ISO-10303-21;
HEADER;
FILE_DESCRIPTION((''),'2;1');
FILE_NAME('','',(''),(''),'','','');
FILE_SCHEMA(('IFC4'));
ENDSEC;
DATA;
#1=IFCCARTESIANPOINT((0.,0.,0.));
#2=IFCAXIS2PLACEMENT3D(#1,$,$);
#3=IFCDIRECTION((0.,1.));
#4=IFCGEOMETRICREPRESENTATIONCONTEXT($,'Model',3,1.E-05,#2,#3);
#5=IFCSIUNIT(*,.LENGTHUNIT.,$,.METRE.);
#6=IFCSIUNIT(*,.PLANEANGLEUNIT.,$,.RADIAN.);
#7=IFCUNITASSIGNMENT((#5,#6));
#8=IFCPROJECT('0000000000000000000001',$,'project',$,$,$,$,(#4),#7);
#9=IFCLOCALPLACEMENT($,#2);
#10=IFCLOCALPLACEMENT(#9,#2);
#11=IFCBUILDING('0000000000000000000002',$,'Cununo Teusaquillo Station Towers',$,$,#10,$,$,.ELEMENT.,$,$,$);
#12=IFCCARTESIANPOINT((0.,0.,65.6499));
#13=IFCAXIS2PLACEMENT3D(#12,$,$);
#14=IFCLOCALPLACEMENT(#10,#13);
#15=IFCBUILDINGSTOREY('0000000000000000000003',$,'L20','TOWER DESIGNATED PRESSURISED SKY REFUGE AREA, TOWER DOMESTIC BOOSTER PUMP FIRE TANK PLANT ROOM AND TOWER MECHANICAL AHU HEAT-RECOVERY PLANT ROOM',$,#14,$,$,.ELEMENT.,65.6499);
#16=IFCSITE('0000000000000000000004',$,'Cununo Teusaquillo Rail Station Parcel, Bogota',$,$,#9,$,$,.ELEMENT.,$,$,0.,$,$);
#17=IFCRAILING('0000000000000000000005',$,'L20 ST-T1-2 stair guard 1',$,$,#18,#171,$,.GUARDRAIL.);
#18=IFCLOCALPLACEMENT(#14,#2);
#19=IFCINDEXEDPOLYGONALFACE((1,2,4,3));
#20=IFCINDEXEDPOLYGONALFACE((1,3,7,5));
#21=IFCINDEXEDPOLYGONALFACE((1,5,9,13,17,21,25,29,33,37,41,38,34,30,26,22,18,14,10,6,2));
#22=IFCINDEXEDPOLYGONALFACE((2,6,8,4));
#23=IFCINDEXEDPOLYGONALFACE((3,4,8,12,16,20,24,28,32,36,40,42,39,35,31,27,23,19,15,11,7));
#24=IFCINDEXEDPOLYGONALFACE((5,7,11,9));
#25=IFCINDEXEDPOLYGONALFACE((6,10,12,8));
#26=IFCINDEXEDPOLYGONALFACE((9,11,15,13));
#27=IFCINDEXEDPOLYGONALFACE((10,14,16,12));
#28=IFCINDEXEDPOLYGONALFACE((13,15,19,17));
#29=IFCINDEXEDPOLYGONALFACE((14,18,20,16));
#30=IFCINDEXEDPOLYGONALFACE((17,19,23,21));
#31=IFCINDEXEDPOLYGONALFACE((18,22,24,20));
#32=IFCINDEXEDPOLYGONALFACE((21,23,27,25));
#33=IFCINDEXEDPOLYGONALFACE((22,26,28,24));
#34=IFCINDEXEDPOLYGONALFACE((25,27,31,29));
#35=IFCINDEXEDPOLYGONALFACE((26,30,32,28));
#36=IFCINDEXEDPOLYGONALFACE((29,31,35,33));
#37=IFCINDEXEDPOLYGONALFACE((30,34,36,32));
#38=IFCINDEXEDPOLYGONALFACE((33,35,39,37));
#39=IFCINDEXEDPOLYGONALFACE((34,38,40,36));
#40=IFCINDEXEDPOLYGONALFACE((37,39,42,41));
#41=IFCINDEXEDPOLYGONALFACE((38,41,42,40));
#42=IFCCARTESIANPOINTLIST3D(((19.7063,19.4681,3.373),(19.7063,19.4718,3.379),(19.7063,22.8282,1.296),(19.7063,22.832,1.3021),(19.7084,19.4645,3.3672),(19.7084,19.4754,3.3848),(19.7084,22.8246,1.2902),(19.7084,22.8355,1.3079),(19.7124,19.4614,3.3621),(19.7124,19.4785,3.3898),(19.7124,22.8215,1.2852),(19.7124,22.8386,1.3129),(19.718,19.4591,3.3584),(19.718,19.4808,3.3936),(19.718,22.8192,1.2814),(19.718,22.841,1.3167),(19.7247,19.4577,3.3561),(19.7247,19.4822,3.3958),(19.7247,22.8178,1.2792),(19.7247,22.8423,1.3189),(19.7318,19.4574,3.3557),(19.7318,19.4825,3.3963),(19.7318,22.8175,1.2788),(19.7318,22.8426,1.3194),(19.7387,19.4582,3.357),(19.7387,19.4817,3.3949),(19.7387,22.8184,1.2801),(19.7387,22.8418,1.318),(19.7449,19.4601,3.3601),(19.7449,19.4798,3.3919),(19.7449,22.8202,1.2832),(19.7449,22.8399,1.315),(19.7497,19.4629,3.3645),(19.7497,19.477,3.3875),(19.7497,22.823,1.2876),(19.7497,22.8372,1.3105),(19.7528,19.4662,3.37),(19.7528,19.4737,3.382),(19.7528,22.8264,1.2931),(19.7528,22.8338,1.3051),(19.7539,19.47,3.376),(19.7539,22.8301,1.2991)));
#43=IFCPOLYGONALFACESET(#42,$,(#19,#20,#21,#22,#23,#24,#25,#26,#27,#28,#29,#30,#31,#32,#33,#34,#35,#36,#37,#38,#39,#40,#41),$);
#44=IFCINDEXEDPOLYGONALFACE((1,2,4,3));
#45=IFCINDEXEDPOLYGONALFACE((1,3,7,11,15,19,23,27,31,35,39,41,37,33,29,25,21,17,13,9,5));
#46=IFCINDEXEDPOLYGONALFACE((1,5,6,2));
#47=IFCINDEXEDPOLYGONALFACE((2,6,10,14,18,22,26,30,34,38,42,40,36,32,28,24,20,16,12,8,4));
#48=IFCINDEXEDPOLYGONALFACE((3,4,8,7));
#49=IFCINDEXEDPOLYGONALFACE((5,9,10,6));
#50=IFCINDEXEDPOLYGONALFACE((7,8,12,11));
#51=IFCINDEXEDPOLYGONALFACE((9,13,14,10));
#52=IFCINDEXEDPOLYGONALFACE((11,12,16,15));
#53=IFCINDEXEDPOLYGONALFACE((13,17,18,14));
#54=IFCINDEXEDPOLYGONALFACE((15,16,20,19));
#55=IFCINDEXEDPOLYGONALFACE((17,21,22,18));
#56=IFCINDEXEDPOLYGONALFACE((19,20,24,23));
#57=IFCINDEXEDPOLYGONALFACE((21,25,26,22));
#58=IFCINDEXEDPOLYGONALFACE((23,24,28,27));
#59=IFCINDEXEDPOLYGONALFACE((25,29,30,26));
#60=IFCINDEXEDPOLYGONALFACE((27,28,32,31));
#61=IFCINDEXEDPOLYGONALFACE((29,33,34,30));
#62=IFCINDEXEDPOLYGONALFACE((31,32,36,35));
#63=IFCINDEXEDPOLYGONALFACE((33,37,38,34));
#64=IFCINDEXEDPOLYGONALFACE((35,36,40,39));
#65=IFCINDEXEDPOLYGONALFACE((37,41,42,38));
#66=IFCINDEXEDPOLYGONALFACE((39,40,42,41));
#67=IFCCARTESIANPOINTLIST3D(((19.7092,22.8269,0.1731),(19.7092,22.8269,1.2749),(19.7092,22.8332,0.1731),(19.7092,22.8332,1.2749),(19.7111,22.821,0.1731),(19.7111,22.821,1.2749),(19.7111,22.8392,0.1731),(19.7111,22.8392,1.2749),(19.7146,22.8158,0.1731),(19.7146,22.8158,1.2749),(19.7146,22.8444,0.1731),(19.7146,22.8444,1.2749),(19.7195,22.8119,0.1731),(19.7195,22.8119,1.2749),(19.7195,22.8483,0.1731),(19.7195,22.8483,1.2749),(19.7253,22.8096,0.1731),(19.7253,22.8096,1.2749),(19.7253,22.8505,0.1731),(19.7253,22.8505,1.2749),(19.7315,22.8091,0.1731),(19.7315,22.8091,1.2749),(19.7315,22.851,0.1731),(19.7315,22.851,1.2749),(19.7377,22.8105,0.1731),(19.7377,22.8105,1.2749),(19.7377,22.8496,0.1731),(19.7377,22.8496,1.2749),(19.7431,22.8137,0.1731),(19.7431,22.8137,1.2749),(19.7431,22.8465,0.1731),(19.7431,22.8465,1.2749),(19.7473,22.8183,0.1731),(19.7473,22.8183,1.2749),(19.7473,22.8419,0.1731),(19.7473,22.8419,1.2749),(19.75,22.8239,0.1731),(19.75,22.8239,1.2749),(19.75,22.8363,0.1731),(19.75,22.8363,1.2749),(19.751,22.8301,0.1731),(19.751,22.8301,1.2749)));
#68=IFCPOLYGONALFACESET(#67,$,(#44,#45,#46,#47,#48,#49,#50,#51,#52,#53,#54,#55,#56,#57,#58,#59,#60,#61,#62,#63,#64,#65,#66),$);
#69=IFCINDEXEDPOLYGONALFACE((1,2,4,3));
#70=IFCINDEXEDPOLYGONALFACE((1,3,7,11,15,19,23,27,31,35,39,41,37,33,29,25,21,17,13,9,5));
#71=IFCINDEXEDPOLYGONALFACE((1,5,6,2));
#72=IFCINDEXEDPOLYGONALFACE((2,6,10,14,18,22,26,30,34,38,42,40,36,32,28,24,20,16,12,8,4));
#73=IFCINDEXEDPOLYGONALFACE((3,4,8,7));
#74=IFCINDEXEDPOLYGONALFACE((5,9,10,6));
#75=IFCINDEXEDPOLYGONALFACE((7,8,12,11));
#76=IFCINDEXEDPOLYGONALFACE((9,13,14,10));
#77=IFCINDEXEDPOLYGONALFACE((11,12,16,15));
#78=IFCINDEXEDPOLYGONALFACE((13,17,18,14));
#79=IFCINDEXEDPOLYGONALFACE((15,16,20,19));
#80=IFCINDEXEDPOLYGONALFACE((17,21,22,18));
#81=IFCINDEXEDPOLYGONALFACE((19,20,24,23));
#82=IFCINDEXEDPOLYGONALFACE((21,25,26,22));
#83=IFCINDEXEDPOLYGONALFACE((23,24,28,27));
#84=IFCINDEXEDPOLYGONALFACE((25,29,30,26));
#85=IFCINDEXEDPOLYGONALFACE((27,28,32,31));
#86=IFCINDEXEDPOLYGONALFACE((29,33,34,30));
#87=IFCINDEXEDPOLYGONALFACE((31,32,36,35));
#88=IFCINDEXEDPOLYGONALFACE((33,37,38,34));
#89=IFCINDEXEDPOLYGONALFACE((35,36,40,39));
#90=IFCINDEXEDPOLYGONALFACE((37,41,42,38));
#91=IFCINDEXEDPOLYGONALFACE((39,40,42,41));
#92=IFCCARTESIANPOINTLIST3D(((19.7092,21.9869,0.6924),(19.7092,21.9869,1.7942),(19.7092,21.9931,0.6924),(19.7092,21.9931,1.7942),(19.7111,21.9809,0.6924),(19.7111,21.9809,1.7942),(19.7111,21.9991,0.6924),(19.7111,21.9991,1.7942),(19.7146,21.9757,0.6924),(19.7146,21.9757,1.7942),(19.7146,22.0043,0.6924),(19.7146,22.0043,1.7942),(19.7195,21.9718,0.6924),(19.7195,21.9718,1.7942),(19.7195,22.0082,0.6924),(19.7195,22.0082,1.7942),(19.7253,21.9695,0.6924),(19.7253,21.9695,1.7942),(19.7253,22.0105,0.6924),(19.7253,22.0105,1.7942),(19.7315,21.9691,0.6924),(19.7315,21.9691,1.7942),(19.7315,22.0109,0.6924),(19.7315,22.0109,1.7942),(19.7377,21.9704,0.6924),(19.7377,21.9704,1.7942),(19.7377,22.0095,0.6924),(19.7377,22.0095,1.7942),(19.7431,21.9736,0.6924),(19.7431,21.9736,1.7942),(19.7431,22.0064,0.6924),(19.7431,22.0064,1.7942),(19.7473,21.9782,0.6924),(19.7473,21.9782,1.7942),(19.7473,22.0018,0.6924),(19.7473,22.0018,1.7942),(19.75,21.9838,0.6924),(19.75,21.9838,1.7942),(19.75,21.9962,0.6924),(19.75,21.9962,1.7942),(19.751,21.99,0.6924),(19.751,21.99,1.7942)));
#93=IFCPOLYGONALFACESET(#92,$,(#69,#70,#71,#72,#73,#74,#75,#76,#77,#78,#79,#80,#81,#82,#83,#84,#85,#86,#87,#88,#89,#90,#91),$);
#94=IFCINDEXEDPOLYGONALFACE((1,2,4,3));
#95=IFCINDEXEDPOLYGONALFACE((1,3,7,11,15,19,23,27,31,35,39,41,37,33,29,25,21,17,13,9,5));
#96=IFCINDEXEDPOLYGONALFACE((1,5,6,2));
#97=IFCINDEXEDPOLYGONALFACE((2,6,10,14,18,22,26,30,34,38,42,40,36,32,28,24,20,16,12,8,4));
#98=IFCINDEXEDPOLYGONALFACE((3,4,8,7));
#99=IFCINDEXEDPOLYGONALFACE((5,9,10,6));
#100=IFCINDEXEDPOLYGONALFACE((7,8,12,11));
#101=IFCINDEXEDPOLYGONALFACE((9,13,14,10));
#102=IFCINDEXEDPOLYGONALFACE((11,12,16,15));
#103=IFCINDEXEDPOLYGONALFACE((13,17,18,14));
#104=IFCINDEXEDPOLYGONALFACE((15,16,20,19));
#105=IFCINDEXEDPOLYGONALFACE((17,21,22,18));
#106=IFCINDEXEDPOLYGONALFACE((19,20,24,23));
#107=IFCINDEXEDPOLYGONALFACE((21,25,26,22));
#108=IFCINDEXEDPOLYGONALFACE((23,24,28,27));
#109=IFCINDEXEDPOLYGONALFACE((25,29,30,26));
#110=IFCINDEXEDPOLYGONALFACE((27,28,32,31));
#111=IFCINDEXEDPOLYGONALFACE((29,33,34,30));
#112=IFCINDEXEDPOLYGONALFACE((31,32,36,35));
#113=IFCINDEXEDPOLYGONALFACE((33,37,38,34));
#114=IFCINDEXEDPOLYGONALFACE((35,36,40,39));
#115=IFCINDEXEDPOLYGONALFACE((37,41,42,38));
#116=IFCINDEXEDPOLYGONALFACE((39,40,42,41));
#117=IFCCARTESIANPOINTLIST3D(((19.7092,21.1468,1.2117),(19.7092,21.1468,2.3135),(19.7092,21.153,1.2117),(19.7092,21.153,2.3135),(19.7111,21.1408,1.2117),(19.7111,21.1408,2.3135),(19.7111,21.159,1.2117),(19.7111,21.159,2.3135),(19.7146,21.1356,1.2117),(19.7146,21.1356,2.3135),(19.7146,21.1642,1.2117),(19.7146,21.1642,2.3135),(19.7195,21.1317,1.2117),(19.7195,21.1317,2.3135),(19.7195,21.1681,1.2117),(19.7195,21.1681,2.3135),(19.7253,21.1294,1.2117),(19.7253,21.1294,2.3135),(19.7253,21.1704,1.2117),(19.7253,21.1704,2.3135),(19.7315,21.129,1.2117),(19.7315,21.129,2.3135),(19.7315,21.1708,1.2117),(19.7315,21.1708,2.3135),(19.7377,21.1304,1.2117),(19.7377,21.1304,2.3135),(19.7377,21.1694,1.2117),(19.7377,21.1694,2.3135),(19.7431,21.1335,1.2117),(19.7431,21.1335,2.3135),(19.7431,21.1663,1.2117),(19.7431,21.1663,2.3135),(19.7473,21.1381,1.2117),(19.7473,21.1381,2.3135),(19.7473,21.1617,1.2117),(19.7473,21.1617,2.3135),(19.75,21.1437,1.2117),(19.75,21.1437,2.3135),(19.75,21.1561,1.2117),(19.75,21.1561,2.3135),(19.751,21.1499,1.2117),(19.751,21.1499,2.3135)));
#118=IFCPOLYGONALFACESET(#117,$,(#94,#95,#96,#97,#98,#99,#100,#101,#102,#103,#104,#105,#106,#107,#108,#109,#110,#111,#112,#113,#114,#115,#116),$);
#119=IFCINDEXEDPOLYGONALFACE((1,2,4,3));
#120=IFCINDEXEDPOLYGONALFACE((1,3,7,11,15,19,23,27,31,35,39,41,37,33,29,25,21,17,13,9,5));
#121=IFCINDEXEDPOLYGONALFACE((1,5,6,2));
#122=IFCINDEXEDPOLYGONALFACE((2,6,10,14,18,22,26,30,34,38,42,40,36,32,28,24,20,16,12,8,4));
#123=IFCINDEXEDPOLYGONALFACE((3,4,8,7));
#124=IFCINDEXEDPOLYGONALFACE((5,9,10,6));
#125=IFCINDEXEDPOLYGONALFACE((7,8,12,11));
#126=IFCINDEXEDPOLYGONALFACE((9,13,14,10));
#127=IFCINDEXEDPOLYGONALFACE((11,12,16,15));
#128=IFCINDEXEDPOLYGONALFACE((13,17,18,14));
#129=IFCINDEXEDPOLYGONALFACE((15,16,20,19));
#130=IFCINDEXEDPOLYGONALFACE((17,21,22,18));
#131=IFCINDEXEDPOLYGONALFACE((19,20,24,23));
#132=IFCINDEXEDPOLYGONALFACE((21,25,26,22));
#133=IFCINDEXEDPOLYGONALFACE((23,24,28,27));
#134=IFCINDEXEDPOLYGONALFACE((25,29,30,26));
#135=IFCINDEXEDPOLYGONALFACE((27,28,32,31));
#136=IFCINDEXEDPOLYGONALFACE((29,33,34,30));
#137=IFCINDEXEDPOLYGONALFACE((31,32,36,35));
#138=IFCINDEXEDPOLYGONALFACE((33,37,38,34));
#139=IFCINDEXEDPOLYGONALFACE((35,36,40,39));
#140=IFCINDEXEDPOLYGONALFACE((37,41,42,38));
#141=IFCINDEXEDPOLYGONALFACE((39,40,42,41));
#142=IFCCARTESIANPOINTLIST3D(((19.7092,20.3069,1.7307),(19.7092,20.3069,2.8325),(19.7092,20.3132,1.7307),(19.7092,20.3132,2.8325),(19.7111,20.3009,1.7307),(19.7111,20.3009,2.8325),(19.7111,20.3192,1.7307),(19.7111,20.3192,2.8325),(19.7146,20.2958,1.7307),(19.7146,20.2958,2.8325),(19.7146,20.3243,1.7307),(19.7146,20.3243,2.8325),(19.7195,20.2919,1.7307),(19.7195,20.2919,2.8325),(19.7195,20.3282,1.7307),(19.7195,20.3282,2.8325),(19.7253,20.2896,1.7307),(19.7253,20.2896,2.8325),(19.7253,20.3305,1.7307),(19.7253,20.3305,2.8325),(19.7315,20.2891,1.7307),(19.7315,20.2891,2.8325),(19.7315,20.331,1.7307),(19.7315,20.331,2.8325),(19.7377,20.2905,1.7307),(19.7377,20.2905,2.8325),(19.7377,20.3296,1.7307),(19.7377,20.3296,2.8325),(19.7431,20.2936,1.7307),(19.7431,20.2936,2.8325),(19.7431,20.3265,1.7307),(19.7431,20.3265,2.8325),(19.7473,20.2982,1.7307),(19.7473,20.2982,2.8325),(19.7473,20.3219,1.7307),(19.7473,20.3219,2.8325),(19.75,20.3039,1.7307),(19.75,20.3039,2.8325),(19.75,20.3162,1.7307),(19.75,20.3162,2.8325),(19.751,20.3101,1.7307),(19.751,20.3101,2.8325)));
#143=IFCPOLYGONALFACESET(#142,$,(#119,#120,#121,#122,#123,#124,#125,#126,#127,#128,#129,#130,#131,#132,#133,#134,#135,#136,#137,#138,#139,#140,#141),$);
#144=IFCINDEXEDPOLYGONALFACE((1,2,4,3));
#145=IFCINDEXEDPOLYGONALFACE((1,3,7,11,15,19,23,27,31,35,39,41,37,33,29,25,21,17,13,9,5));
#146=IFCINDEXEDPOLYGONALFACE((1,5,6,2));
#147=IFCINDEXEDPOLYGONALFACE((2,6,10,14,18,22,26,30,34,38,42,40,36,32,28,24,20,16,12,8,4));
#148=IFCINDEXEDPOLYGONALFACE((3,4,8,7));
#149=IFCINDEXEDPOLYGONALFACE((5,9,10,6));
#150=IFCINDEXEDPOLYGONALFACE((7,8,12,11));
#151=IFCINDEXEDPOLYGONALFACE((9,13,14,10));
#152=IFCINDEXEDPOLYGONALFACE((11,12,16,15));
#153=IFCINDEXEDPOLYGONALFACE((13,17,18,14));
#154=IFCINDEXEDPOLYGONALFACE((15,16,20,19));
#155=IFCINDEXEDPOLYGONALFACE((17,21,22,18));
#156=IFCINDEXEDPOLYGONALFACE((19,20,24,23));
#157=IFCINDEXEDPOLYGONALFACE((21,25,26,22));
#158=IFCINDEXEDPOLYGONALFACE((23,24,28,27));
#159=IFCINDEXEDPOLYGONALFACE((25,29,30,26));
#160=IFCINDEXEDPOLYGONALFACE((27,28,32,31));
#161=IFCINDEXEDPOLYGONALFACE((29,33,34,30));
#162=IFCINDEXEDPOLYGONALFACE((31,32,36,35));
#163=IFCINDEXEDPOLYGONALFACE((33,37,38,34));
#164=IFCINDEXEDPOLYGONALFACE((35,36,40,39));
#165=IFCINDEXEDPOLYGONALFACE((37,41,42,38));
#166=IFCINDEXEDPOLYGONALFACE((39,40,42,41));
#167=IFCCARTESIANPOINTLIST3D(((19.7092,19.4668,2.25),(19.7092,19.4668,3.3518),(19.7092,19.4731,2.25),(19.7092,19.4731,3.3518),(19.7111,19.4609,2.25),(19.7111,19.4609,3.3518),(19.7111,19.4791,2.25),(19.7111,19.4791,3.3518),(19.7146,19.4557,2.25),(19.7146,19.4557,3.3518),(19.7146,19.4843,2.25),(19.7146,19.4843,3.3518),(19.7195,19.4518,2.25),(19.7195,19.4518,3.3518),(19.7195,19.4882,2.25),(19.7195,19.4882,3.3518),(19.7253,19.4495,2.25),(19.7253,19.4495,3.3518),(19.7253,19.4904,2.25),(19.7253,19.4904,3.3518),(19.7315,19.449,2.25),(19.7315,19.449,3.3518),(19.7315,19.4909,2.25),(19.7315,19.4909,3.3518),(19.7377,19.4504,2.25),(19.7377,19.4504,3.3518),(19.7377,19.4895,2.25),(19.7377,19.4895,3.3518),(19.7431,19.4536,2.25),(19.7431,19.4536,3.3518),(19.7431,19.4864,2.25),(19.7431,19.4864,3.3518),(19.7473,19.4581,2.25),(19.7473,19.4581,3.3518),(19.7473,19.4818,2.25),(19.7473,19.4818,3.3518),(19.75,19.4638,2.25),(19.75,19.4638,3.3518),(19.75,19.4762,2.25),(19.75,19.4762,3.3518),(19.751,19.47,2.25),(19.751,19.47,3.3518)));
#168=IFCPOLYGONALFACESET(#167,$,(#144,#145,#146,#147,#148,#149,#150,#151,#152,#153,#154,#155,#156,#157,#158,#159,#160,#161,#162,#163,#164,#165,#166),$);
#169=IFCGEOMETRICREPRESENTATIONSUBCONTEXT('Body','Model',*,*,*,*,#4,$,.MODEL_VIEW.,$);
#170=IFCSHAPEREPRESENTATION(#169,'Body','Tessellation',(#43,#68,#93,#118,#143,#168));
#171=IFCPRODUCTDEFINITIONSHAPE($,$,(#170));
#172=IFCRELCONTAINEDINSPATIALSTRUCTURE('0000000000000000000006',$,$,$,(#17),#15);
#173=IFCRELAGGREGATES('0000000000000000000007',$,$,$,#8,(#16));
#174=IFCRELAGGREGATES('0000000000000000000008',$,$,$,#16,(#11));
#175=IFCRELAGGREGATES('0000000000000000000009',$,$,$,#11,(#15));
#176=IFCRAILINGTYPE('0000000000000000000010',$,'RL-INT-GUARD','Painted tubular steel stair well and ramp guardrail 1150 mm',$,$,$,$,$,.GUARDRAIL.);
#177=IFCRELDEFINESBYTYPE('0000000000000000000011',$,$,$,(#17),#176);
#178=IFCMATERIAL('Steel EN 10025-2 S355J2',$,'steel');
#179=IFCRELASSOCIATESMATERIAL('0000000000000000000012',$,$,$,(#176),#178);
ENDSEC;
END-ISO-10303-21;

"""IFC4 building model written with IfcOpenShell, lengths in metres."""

from ifc_helpers import new_model, si_unit, direction, frame, origin, origin_2d, place, context, subcontext, project, spatial, circle, extrude, material, type_object, element, save


model = new_model("IFC4")

# Units and contexts
model_context = context("Model", 3, precision=1e-05, world=origin(), true_north=direction((0.0, 1.0)))
body_context = subcontext(model_context, "Body", "Model", "MODEL_VIEW")
ifc_project = project(units=[si_unit("LENGTHUNIT", "METRE"), si_unit("PLANEANGLEUNIT", "RADIAN")], contexts=[model_context])

# Site, building, storey
site_placement = place(None, origin())
site = spatial("IfcSite", under=ifc_project, at=site_placement, Name="Cununo Teusaquillo Rail Station Parcel, Bogota", CompositionType="ELEMENT", RefElevation=0.0)
building_placement = place(site_placement, origin())
building = spatial("IfcBuilding", under=site, at=building_placement, Name="Cununo Teusaquillo Station Towers", CompositionType="ELEMENT")
storey_placement = place(building_placement, frame((0.0, 0.0, 65.6499)))
storey = spatial("IfcBuildingStorey", under=building, at=storey_placement, Name="L20", Description="TOWER DESIGNATED PRESSURISED SKY REFUGE AREA, TOWER DOMESTIC BOOSTER PUMP FIRE TANK PLANT ROOM AND TOWER MECHANICAL AHU HEAT-RECOVERY PLANT ROOM", CompositionType="ELEMENT", Elevation=65.6499)

# Railing
ifc_material_1 = material(Name="Steel EN 10025-2 S355J2", Category="steel")
railing_type_1 = type_object("IfcRailingType", Name="RL-INT-GUARD", Description="Painted tubular steel stair well and ramp guardrail 1150 mm", PredefinedType="GUARDRAIL", material=ifc_material_1)
railing_1_placement = place(storey_placement, frame((19.73, 22.8301, 0.1731)))
element("IfcRailing", 1, at=railing_1_placement, inside=storey, type_object=railing_type_1, Name="L20 ST-T1-2 stair guard 1", PredefinedType="GUARDRAIL", context=body_context, shape_type="SweptSolid", body=[
    extrude(circle(Radius=0.0239, at=origin_2d()), frame((0.0, 0.0, 1.126), z_axis=(0.0, -0.850623, 0.525776), x_axis=(1.0, 0.0, 0.0)), (0.0, 0.0, 1.0), 3.9502),
    extrude(circle(Radius=0.021, at=origin_2d()), origin(), (0.0, 0.0, 1.0), 1.1018),
    extrude(circle(Radius=0.021, at=origin_2d()), frame((0.0, -0.8401, 0.5193)), (0.0, 0.0, 1.0), 1.1018),
    extrude(circle(Radius=0.021, at=origin_2d()), frame((0.0, -1.6802, 1.0386)), (0.0, 0.0, 1.0), 1.1018),
    extrude(circle(Radius=0.021, at=origin_2d()), frame((0.0, -2.52, 1.5576)), (0.0, 0.0, 1.0), 1.1018),
    extrude(circle(Radius=0.021, at=origin_2d()), frame((0.0, -3.3601, 2.0769)), (0.0, 0.0, 1.0), 1.1018),
])

save(model, "model.ifc")
